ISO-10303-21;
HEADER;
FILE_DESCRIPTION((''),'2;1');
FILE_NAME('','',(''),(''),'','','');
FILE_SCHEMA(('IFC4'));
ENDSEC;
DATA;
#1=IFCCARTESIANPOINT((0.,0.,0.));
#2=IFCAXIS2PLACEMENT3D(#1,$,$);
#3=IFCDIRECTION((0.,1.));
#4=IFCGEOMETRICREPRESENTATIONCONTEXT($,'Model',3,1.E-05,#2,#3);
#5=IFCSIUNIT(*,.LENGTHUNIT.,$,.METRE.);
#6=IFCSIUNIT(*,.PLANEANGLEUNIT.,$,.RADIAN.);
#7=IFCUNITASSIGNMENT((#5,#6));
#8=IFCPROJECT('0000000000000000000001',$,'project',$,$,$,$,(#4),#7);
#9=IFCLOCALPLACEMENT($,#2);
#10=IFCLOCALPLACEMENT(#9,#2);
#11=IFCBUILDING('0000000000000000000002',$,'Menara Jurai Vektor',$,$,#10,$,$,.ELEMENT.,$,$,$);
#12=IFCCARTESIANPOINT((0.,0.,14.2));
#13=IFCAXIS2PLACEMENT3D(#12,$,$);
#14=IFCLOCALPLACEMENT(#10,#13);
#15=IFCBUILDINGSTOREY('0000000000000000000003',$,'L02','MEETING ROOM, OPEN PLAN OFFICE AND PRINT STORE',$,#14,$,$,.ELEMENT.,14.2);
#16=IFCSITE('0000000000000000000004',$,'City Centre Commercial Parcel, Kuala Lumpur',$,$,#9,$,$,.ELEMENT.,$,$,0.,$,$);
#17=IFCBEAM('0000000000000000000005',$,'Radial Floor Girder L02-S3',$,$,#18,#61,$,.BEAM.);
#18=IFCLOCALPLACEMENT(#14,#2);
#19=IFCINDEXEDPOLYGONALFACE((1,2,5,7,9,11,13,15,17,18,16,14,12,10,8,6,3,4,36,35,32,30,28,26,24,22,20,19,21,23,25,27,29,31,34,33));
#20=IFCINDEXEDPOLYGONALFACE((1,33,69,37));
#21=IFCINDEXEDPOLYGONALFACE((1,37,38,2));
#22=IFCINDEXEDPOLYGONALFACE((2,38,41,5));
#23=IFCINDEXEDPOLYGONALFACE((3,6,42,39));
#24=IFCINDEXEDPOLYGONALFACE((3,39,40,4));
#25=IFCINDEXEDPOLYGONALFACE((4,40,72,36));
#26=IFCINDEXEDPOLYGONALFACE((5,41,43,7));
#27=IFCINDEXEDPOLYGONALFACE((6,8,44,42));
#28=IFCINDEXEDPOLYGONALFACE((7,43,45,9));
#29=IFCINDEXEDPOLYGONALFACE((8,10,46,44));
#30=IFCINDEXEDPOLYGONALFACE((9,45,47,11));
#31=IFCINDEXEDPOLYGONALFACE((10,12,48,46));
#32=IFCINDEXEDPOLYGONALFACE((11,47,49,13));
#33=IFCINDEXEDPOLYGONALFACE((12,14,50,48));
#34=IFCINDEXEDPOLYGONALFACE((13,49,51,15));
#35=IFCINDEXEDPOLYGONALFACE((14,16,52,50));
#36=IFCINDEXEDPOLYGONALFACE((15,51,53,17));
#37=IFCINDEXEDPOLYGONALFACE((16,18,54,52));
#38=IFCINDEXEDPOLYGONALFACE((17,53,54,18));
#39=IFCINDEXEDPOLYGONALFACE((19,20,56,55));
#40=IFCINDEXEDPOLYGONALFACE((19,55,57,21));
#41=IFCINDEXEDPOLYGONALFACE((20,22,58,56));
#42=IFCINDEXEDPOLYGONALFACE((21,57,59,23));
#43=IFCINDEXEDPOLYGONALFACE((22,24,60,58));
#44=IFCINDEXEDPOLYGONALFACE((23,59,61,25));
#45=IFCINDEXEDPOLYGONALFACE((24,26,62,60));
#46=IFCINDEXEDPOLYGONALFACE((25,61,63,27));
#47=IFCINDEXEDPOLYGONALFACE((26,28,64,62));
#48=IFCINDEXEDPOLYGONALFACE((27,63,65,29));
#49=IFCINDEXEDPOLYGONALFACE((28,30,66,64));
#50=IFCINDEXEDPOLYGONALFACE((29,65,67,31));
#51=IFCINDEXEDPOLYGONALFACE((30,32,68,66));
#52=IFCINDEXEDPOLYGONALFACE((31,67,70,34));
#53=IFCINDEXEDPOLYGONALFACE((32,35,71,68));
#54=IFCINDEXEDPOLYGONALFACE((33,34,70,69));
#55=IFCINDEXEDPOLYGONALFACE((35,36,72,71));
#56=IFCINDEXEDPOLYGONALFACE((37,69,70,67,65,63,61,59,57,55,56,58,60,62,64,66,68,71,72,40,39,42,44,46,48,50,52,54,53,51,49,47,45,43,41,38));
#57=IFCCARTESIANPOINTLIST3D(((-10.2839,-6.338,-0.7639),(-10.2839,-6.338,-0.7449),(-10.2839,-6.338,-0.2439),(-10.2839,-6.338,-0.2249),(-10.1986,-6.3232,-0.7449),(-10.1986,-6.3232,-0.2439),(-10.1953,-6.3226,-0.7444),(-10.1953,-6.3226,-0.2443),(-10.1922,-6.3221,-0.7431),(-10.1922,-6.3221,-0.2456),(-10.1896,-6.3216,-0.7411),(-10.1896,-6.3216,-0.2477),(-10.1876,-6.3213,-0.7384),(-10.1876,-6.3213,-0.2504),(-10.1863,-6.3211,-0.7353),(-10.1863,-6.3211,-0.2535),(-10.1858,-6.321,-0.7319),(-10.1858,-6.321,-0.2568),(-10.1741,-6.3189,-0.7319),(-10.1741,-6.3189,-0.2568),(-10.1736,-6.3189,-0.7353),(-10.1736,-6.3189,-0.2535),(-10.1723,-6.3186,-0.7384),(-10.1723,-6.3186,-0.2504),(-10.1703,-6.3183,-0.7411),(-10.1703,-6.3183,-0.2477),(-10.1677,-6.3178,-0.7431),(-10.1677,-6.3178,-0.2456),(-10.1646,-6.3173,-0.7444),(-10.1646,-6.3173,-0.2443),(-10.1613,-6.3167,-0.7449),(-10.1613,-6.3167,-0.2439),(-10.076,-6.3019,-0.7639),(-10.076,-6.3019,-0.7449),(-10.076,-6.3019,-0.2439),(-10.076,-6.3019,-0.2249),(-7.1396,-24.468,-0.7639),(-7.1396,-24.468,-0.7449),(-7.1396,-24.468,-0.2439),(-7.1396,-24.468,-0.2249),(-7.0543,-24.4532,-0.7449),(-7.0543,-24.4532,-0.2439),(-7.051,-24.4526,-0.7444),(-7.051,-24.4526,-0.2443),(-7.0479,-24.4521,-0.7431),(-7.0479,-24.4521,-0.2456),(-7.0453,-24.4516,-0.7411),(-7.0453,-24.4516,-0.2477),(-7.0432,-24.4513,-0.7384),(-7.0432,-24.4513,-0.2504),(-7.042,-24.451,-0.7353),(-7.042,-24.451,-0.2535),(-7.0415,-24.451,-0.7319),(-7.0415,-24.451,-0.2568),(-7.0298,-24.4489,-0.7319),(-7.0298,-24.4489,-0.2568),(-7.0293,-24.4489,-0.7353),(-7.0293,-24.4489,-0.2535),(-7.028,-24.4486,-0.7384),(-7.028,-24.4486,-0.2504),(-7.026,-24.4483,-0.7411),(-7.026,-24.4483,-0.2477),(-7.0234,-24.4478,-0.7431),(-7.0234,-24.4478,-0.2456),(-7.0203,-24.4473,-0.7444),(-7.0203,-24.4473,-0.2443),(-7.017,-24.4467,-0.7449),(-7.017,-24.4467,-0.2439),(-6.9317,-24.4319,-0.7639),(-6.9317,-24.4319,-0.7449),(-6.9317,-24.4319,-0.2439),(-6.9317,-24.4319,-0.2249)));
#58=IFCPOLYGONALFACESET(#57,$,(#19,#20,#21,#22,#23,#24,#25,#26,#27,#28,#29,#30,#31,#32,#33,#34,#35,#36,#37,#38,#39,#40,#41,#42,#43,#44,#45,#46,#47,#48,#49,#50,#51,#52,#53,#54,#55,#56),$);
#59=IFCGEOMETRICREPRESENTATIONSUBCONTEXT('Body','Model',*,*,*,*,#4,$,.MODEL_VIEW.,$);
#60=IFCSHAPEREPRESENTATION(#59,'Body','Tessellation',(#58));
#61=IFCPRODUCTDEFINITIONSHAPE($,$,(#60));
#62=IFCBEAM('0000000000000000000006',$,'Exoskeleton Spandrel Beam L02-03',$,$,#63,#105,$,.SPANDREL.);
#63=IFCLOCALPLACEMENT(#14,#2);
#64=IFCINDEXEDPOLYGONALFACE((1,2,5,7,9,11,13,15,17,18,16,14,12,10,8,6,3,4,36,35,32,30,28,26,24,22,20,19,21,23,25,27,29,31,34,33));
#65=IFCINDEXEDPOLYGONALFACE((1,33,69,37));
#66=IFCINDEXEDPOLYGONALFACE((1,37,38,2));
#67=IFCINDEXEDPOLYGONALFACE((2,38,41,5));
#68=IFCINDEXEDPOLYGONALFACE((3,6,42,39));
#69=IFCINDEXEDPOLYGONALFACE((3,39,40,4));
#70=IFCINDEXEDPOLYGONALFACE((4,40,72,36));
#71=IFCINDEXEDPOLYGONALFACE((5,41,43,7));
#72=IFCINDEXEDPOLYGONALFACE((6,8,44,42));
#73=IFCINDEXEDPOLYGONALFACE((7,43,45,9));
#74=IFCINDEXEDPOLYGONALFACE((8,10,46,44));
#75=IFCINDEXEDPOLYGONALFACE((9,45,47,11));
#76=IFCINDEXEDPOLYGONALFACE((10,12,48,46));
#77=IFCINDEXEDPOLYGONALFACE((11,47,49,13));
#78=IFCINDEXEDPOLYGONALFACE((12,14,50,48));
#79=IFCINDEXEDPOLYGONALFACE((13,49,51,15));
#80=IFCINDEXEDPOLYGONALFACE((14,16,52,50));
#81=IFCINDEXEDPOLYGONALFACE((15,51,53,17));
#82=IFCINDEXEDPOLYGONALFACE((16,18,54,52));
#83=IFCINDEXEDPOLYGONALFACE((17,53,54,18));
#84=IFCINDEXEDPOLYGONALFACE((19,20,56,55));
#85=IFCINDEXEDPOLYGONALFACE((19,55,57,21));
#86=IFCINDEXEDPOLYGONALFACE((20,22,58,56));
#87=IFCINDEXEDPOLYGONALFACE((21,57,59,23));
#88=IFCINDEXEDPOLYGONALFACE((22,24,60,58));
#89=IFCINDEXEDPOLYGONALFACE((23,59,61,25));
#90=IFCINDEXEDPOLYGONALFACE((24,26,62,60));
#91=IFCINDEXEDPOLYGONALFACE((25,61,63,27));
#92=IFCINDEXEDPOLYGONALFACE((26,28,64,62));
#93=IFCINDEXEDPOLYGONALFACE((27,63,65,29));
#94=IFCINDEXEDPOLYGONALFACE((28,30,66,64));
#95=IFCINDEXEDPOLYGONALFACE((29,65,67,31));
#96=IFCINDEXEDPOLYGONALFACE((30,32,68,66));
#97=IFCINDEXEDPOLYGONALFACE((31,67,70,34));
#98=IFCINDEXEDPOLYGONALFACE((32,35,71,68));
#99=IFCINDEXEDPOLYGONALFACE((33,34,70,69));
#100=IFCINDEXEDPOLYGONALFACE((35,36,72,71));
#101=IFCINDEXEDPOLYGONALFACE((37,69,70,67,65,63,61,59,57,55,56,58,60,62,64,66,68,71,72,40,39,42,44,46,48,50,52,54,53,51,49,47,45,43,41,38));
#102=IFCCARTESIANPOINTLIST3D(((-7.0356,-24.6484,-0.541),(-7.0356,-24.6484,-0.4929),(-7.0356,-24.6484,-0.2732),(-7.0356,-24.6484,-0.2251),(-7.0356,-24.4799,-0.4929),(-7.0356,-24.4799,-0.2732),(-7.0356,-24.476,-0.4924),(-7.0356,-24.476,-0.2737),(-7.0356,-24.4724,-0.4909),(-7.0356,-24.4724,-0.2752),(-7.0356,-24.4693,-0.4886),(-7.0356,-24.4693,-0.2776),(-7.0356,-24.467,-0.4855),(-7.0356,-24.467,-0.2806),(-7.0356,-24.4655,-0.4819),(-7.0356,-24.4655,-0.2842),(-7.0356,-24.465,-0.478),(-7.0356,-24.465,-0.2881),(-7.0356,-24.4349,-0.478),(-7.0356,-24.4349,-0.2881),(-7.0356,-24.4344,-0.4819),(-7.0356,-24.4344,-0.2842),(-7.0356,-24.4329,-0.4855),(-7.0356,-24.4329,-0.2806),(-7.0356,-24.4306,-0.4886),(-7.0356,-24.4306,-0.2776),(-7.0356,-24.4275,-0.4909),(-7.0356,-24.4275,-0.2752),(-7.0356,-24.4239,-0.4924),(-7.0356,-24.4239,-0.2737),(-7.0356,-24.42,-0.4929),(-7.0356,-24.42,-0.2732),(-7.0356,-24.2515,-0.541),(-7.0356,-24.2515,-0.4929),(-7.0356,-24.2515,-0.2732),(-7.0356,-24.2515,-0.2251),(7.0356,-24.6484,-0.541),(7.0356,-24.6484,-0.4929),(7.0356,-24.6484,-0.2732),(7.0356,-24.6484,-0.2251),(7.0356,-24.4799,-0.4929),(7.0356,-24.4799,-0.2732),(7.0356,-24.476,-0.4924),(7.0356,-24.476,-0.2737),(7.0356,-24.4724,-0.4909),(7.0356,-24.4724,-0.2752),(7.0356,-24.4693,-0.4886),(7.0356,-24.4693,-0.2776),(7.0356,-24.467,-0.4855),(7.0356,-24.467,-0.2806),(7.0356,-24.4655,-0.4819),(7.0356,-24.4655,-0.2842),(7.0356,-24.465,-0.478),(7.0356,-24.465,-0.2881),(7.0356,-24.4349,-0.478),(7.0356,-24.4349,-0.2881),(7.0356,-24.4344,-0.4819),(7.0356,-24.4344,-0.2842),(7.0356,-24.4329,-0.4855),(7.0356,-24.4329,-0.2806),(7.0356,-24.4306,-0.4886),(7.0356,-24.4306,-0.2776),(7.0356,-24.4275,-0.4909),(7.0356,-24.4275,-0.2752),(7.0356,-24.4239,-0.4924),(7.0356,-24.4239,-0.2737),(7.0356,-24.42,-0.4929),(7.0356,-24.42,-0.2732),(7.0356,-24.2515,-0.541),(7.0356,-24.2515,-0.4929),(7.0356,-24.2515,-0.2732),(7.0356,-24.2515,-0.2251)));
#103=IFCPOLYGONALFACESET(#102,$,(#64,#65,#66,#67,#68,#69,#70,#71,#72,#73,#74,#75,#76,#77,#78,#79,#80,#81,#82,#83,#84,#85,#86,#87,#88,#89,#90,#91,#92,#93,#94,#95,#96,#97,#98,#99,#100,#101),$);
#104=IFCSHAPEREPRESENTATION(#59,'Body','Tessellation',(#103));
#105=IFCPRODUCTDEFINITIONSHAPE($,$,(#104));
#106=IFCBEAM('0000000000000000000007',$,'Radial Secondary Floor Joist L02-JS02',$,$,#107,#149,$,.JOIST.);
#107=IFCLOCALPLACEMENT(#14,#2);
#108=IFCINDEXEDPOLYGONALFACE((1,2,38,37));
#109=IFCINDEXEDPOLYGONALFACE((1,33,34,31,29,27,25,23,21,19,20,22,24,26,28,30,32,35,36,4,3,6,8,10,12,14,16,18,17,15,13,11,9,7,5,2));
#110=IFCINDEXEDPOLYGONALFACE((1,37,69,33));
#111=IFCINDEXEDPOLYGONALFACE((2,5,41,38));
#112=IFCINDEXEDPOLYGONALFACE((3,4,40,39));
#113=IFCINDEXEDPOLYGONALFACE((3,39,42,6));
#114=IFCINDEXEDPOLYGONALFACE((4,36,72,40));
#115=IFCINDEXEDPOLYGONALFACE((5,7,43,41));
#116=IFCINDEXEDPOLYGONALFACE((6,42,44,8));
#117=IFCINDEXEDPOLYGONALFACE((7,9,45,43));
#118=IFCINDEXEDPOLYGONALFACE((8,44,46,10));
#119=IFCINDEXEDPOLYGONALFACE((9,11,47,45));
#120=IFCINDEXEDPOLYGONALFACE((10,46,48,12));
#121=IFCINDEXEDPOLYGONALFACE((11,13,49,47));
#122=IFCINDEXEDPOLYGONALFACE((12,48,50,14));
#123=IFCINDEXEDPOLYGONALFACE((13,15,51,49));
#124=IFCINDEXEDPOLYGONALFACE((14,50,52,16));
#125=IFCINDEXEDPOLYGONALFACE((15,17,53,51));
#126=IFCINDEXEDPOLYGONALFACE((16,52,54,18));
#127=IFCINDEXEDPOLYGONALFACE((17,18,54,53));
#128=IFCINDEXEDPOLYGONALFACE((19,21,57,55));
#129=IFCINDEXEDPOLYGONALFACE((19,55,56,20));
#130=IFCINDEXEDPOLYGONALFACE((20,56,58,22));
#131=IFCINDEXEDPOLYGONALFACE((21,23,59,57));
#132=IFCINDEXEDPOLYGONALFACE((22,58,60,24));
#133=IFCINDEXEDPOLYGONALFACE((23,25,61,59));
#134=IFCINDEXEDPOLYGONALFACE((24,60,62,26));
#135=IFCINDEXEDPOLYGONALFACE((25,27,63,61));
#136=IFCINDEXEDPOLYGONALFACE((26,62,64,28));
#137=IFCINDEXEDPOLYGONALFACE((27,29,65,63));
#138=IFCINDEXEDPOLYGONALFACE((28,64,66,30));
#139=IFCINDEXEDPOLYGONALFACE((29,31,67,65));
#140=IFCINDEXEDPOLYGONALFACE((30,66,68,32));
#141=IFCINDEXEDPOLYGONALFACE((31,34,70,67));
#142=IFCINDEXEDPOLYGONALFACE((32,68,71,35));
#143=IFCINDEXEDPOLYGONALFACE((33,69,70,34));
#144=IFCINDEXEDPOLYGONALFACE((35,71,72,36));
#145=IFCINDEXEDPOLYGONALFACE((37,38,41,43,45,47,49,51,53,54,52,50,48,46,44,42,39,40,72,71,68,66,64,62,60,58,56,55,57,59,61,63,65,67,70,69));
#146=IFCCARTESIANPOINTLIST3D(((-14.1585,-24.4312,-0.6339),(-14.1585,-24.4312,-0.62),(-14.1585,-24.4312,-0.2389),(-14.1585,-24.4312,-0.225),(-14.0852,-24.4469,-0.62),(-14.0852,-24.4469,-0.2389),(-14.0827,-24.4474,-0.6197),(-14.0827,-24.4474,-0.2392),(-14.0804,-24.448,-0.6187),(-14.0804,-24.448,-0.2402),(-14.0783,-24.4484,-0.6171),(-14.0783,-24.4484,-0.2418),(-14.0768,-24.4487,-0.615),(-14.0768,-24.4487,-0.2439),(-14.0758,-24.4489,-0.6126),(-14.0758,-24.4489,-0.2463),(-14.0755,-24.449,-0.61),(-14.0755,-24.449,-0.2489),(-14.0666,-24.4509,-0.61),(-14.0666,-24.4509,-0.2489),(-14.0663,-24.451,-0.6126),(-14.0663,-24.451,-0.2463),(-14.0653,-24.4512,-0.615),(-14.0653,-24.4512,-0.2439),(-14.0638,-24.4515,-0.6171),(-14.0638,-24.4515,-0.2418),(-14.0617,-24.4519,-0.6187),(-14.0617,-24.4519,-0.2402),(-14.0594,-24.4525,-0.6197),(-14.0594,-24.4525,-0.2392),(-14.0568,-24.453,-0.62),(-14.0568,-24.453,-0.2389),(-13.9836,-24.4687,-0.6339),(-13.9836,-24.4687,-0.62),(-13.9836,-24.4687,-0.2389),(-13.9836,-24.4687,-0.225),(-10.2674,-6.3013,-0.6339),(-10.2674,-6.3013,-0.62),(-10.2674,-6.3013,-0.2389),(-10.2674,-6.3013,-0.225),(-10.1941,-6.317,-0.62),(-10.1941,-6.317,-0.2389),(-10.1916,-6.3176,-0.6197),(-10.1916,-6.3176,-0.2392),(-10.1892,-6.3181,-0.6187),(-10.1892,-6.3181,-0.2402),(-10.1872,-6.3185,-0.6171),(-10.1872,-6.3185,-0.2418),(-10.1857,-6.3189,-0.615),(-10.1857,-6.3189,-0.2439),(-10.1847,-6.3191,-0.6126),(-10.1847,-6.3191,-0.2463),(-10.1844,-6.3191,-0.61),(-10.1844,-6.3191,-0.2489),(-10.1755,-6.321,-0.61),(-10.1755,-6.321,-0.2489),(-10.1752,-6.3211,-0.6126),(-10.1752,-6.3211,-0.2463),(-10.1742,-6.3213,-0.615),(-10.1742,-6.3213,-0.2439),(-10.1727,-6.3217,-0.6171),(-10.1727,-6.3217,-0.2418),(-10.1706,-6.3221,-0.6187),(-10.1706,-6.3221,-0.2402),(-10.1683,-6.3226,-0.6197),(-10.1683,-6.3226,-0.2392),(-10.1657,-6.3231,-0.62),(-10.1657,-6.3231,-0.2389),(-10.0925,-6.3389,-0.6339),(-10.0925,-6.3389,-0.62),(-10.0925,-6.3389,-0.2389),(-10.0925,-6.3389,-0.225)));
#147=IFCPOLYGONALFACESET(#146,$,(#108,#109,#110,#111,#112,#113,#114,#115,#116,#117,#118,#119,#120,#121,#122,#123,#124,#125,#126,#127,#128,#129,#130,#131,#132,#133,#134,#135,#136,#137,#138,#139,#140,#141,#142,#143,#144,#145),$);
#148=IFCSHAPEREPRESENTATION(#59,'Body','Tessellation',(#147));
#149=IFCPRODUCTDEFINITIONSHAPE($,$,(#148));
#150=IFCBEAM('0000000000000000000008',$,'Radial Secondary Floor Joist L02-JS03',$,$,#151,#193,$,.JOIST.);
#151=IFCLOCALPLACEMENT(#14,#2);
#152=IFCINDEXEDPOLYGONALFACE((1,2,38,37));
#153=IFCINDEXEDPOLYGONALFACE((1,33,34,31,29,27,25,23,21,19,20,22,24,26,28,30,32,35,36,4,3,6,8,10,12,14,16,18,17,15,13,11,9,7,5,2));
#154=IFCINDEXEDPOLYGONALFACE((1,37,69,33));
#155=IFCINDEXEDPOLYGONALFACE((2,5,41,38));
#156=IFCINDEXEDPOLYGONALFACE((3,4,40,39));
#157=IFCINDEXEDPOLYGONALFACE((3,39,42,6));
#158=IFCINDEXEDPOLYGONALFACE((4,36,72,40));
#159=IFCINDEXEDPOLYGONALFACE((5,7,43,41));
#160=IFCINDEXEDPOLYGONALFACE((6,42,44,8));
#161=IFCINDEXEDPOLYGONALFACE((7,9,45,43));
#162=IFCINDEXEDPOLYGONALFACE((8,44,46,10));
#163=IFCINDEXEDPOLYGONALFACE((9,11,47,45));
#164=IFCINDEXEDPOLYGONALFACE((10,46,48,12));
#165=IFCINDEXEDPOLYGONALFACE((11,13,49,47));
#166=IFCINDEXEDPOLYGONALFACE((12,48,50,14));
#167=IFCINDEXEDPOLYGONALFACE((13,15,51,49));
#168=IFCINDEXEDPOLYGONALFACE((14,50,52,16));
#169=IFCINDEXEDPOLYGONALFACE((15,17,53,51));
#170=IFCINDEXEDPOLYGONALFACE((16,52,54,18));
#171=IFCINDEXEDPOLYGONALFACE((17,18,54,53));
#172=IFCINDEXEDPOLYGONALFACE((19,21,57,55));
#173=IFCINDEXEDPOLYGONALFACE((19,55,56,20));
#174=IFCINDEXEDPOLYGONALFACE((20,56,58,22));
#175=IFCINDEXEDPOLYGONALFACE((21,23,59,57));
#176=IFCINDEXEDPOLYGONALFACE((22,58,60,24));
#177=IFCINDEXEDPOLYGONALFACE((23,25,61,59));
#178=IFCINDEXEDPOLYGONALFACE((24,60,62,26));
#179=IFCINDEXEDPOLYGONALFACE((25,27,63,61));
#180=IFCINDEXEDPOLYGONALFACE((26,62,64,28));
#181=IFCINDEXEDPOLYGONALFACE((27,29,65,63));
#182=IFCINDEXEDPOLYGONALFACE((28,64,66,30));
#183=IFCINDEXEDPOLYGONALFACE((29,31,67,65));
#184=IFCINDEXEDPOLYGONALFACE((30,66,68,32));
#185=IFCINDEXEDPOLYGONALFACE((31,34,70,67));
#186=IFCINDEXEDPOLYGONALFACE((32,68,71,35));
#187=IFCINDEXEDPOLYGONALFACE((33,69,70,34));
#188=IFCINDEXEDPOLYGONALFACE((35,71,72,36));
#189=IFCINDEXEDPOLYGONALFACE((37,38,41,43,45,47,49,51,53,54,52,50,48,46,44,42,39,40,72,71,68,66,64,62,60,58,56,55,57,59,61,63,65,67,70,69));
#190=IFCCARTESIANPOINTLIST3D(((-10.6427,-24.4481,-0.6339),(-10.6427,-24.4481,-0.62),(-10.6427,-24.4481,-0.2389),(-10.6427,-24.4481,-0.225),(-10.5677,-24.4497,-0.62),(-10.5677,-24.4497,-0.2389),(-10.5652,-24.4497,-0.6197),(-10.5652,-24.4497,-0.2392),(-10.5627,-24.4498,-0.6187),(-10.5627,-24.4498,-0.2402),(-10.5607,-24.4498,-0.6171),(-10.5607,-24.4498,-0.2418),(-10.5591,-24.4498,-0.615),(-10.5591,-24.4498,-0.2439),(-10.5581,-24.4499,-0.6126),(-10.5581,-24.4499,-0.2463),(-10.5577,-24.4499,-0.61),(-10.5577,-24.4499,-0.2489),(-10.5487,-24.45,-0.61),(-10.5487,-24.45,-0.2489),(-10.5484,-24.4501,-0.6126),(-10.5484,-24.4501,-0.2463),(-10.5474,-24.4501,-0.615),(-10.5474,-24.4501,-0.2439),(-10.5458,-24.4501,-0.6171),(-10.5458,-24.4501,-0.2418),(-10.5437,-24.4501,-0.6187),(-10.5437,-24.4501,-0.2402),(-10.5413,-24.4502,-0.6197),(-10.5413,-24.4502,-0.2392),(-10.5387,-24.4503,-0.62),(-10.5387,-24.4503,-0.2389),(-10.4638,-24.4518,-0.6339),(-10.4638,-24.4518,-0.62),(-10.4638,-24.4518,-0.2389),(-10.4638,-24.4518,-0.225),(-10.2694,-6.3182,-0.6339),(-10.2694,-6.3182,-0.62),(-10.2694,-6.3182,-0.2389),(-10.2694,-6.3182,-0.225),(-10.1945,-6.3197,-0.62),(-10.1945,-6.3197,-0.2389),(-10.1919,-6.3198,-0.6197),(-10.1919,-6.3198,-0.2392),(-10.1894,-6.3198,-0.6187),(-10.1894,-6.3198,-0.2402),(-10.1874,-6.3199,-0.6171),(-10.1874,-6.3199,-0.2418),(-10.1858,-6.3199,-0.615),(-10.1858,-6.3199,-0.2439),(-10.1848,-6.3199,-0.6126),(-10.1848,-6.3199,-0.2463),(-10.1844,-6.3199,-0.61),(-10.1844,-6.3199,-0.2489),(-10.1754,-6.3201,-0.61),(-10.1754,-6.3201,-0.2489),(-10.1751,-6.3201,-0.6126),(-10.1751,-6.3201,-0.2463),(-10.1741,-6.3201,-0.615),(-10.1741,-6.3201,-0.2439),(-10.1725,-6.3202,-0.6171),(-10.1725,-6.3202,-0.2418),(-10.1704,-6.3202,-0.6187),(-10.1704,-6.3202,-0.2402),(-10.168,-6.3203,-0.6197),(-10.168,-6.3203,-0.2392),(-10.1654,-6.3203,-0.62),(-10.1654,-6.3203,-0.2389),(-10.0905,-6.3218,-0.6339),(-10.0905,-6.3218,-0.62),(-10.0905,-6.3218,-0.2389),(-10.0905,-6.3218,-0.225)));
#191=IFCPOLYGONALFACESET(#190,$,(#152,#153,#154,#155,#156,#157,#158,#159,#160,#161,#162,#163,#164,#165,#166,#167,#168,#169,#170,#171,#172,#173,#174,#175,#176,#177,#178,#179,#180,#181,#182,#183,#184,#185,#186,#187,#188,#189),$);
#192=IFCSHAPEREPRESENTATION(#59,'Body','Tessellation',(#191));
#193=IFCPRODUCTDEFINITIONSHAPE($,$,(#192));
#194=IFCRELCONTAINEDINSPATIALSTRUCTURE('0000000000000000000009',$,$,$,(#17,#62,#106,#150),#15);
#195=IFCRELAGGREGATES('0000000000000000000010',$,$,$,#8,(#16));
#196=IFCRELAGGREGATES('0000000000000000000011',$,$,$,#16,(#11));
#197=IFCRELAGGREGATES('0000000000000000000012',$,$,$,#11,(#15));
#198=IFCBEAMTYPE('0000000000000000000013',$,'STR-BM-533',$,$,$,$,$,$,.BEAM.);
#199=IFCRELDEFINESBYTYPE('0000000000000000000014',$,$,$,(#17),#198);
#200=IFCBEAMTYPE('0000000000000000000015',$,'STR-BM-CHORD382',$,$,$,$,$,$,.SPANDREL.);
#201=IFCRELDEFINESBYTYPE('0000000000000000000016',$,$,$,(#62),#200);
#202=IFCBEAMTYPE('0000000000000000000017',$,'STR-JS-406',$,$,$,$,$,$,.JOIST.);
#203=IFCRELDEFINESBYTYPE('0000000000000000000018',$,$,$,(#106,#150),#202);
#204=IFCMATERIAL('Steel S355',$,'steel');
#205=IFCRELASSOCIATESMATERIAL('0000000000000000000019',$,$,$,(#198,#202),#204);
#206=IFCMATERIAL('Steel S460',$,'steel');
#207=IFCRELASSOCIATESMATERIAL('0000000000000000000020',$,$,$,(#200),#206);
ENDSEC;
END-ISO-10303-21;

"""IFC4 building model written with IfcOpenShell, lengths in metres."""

from ifc_helpers import new_model, si_unit, direction, frame, origin, origin_2d, place, context, subcontext, project, spatial, i_section, extrude, material, material_profile, profile_set, type_object, element, save


model = new_model("IFC4")

# Units and contexts
model_context = context("Model", 3, precision=1e-05, world=origin(), true_north=direction((0.0, 1.0)))
body_context = subcontext(model_context, "Body", "Model", "MODEL_VIEW")
ifc_project = project(units=[si_unit("LENGTHUNIT", "METRE"), si_unit("PLANEANGLEUNIT", "RADIAN")], contexts=[model_context])

# Site, building, storey
site_placement = place(None, origin())
site = spatial("IfcSite", under=ifc_project, at=site_placement, Name="City Centre Commercial Parcel, Kuala Lumpur", CompositionType="ELEMENT", RefElevation=0.0)
building_placement = place(site_placement, origin())
building = spatial("IfcBuilding", under=site, at=building_placement, Name="Menara Jurai Vektor", CompositionType="ELEMENT")
storey_placement = place(building_placement, frame((0.0, 0.0, 14.2)))
storey = spatial("IfcBuildingStorey", under=building, at=storey_placement, Name="L02", Description="MEETING ROOM, OPEN PLAN OFFICE AND PRINT STORE", CompositionType="ELEMENT", Elevation=14.2)

# Shared definitions
ifc_material_1 = material(Name="Steel S460", Category="steel")

# Beams
ifc_material_2 = material(Name="Steel S355", Category="steel")
ifc_material_profile_1 = material_profile(ifc_material_2, i_section(OverallWidth=0.2109, OverallDepth=0.5391, WebThickness=0.012, FlangeThickness=0.019, FilletRadius=0.0129, at=origin_2d()), Name="UKB 533x210x109")
ifc_profile_set_1 = profile_set([ifc_material_profile_1], Name="Steel S355")
beam_type_1 = type_object("IfcBeamType", Name="STR-BM-533", PredefinedType="BEAM", material=ifc_profile_set_1)
beam_1_placement = place(storey_placement, frame((-7.0356, -24.45, -0.4944), z_axis=(-0.17088, 0.985292, 0.0), x_axis=(-0.985292, -0.17088, 0.0)))
element("IfcBeam", 1, at=beam_1_placement, inside=storey, type_object=beam_type_1, Name="Radial Floor Girder L02-S3", PredefinedType="BEAM", context=body_context, shape_type="SweptSolid", body=[
    extrude(i_section(OverallWidth=0.2109, OverallDepth=0.5391, WebThickness=0.012, FlangeThickness=0.019, FilletRadius=0.0129, at=origin_2d()), origin(), (0.0, 0.0, 1.0), 18.4006),
])
ifc_material_profile_2 = material_profile(ifc_material_1, i_section(OverallWidth=0.397, OverallDepth=0.3159, WebThickness=0.03, FlangeThickness=0.0481, FilletRadius=0.0149, at=origin_2d()), Name="HD 400x382")
ifc_profile_set_2 = profile_set([ifc_material_profile_2], Name="Steel S460")
beam_type_2 = type_object("IfcBeamType", Name="STR-BM-CHORD382", PredefinedType="SPANDREL", material=ifc_profile_set_2)
beam_2_placement = place(storey_placement, frame((-7.0356, -24.45, -0.3831), z_axis=(1.0, 0.0, 0.0), x_axis=(0.0, 1.0, 0.0)))
element("IfcBeam", 2, at=beam_2_placement, inside=storey, type_object=beam_type_2, Name="Exoskeleton Spandrel Beam L02-03", PredefinedType="SPANDREL", context=body_context, shape_type="SweptSolid", body=[
    extrude(i_section(OverallWidth=0.397, OverallDepth=0.3159, WebThickness=0.03, FlangeThickness=0.0481, FilletRadius=0.0149, at=origin_2d()), origin(), (0.0, 0.0, 1.0), 14.0713),
])
ifc_material_profile_3 = material_profile(ifc_material_2, i_section(OverallWidth=0.179, OverallDepth=0.4089, WebThickness=0.009, FlangeThickness=0.0139, FilletRadius=0.01, at=origin_2d()), Name="UKB 406x178x67")
ifc_profile_set_3 = profile_set([ifc_material_profile_3], Name="Steel S355")
beam_type_3 = type_object("IfcBeamType", Name="STR-JS-406", PredefinedType="JOIST", material=ifc_profile_set_3)
beam_3_placement = place(storey_placement, frame((-14.071, -24.45, -0.4294), z_axis=(0.209846, 0.977735, 0.0), x_axis=(-0.977735, 0.209846, 0.0)))
element("IfcBeam", 3, at=beam_3_placement, inside=storey, type_object=beam_type_3, Name="Radial Secondary Floor Joist L02-JS02", PredefinedType="JOIST", context=body_context, shape_type="SweptSolid", body=[
    extrude(i_section(OverallWidth=0.179, OverallDepth=0.4089, WebThickness=0.009, FlangeThickness=0.0139, FilletRadius=0.01, at=origin_2d()), origin(), (0.0, 0.0, 1.0), 18.5427),
])
beam_4_placement = place(storey_placement, frame((-10.5532, -24.45, -0.4294), z_axis=(0.020585, 0.999788, 0.0), x_axis=(-0.999788, 0.020585, 0.0)))
element("IfcBeam", 4, at=beam_4_placement, inside=storey, type_object=beam_type_3, Name="Radial Secondary Floor Joist L02-JS03", PredefinedType="JOIST", context=body_context, shape_type="SweptSolid", body=[
    extrude(i_section(OverallWidth=0.179, OverallDepth=0.4089, WebThickness=0.009, FlangeThickness=0.0139, FilletRadius=0.01, at=origin_2d()), origin(), (0.0, 0.0, 1.0), 18.1338),
])

save(model, "model.ifc")
